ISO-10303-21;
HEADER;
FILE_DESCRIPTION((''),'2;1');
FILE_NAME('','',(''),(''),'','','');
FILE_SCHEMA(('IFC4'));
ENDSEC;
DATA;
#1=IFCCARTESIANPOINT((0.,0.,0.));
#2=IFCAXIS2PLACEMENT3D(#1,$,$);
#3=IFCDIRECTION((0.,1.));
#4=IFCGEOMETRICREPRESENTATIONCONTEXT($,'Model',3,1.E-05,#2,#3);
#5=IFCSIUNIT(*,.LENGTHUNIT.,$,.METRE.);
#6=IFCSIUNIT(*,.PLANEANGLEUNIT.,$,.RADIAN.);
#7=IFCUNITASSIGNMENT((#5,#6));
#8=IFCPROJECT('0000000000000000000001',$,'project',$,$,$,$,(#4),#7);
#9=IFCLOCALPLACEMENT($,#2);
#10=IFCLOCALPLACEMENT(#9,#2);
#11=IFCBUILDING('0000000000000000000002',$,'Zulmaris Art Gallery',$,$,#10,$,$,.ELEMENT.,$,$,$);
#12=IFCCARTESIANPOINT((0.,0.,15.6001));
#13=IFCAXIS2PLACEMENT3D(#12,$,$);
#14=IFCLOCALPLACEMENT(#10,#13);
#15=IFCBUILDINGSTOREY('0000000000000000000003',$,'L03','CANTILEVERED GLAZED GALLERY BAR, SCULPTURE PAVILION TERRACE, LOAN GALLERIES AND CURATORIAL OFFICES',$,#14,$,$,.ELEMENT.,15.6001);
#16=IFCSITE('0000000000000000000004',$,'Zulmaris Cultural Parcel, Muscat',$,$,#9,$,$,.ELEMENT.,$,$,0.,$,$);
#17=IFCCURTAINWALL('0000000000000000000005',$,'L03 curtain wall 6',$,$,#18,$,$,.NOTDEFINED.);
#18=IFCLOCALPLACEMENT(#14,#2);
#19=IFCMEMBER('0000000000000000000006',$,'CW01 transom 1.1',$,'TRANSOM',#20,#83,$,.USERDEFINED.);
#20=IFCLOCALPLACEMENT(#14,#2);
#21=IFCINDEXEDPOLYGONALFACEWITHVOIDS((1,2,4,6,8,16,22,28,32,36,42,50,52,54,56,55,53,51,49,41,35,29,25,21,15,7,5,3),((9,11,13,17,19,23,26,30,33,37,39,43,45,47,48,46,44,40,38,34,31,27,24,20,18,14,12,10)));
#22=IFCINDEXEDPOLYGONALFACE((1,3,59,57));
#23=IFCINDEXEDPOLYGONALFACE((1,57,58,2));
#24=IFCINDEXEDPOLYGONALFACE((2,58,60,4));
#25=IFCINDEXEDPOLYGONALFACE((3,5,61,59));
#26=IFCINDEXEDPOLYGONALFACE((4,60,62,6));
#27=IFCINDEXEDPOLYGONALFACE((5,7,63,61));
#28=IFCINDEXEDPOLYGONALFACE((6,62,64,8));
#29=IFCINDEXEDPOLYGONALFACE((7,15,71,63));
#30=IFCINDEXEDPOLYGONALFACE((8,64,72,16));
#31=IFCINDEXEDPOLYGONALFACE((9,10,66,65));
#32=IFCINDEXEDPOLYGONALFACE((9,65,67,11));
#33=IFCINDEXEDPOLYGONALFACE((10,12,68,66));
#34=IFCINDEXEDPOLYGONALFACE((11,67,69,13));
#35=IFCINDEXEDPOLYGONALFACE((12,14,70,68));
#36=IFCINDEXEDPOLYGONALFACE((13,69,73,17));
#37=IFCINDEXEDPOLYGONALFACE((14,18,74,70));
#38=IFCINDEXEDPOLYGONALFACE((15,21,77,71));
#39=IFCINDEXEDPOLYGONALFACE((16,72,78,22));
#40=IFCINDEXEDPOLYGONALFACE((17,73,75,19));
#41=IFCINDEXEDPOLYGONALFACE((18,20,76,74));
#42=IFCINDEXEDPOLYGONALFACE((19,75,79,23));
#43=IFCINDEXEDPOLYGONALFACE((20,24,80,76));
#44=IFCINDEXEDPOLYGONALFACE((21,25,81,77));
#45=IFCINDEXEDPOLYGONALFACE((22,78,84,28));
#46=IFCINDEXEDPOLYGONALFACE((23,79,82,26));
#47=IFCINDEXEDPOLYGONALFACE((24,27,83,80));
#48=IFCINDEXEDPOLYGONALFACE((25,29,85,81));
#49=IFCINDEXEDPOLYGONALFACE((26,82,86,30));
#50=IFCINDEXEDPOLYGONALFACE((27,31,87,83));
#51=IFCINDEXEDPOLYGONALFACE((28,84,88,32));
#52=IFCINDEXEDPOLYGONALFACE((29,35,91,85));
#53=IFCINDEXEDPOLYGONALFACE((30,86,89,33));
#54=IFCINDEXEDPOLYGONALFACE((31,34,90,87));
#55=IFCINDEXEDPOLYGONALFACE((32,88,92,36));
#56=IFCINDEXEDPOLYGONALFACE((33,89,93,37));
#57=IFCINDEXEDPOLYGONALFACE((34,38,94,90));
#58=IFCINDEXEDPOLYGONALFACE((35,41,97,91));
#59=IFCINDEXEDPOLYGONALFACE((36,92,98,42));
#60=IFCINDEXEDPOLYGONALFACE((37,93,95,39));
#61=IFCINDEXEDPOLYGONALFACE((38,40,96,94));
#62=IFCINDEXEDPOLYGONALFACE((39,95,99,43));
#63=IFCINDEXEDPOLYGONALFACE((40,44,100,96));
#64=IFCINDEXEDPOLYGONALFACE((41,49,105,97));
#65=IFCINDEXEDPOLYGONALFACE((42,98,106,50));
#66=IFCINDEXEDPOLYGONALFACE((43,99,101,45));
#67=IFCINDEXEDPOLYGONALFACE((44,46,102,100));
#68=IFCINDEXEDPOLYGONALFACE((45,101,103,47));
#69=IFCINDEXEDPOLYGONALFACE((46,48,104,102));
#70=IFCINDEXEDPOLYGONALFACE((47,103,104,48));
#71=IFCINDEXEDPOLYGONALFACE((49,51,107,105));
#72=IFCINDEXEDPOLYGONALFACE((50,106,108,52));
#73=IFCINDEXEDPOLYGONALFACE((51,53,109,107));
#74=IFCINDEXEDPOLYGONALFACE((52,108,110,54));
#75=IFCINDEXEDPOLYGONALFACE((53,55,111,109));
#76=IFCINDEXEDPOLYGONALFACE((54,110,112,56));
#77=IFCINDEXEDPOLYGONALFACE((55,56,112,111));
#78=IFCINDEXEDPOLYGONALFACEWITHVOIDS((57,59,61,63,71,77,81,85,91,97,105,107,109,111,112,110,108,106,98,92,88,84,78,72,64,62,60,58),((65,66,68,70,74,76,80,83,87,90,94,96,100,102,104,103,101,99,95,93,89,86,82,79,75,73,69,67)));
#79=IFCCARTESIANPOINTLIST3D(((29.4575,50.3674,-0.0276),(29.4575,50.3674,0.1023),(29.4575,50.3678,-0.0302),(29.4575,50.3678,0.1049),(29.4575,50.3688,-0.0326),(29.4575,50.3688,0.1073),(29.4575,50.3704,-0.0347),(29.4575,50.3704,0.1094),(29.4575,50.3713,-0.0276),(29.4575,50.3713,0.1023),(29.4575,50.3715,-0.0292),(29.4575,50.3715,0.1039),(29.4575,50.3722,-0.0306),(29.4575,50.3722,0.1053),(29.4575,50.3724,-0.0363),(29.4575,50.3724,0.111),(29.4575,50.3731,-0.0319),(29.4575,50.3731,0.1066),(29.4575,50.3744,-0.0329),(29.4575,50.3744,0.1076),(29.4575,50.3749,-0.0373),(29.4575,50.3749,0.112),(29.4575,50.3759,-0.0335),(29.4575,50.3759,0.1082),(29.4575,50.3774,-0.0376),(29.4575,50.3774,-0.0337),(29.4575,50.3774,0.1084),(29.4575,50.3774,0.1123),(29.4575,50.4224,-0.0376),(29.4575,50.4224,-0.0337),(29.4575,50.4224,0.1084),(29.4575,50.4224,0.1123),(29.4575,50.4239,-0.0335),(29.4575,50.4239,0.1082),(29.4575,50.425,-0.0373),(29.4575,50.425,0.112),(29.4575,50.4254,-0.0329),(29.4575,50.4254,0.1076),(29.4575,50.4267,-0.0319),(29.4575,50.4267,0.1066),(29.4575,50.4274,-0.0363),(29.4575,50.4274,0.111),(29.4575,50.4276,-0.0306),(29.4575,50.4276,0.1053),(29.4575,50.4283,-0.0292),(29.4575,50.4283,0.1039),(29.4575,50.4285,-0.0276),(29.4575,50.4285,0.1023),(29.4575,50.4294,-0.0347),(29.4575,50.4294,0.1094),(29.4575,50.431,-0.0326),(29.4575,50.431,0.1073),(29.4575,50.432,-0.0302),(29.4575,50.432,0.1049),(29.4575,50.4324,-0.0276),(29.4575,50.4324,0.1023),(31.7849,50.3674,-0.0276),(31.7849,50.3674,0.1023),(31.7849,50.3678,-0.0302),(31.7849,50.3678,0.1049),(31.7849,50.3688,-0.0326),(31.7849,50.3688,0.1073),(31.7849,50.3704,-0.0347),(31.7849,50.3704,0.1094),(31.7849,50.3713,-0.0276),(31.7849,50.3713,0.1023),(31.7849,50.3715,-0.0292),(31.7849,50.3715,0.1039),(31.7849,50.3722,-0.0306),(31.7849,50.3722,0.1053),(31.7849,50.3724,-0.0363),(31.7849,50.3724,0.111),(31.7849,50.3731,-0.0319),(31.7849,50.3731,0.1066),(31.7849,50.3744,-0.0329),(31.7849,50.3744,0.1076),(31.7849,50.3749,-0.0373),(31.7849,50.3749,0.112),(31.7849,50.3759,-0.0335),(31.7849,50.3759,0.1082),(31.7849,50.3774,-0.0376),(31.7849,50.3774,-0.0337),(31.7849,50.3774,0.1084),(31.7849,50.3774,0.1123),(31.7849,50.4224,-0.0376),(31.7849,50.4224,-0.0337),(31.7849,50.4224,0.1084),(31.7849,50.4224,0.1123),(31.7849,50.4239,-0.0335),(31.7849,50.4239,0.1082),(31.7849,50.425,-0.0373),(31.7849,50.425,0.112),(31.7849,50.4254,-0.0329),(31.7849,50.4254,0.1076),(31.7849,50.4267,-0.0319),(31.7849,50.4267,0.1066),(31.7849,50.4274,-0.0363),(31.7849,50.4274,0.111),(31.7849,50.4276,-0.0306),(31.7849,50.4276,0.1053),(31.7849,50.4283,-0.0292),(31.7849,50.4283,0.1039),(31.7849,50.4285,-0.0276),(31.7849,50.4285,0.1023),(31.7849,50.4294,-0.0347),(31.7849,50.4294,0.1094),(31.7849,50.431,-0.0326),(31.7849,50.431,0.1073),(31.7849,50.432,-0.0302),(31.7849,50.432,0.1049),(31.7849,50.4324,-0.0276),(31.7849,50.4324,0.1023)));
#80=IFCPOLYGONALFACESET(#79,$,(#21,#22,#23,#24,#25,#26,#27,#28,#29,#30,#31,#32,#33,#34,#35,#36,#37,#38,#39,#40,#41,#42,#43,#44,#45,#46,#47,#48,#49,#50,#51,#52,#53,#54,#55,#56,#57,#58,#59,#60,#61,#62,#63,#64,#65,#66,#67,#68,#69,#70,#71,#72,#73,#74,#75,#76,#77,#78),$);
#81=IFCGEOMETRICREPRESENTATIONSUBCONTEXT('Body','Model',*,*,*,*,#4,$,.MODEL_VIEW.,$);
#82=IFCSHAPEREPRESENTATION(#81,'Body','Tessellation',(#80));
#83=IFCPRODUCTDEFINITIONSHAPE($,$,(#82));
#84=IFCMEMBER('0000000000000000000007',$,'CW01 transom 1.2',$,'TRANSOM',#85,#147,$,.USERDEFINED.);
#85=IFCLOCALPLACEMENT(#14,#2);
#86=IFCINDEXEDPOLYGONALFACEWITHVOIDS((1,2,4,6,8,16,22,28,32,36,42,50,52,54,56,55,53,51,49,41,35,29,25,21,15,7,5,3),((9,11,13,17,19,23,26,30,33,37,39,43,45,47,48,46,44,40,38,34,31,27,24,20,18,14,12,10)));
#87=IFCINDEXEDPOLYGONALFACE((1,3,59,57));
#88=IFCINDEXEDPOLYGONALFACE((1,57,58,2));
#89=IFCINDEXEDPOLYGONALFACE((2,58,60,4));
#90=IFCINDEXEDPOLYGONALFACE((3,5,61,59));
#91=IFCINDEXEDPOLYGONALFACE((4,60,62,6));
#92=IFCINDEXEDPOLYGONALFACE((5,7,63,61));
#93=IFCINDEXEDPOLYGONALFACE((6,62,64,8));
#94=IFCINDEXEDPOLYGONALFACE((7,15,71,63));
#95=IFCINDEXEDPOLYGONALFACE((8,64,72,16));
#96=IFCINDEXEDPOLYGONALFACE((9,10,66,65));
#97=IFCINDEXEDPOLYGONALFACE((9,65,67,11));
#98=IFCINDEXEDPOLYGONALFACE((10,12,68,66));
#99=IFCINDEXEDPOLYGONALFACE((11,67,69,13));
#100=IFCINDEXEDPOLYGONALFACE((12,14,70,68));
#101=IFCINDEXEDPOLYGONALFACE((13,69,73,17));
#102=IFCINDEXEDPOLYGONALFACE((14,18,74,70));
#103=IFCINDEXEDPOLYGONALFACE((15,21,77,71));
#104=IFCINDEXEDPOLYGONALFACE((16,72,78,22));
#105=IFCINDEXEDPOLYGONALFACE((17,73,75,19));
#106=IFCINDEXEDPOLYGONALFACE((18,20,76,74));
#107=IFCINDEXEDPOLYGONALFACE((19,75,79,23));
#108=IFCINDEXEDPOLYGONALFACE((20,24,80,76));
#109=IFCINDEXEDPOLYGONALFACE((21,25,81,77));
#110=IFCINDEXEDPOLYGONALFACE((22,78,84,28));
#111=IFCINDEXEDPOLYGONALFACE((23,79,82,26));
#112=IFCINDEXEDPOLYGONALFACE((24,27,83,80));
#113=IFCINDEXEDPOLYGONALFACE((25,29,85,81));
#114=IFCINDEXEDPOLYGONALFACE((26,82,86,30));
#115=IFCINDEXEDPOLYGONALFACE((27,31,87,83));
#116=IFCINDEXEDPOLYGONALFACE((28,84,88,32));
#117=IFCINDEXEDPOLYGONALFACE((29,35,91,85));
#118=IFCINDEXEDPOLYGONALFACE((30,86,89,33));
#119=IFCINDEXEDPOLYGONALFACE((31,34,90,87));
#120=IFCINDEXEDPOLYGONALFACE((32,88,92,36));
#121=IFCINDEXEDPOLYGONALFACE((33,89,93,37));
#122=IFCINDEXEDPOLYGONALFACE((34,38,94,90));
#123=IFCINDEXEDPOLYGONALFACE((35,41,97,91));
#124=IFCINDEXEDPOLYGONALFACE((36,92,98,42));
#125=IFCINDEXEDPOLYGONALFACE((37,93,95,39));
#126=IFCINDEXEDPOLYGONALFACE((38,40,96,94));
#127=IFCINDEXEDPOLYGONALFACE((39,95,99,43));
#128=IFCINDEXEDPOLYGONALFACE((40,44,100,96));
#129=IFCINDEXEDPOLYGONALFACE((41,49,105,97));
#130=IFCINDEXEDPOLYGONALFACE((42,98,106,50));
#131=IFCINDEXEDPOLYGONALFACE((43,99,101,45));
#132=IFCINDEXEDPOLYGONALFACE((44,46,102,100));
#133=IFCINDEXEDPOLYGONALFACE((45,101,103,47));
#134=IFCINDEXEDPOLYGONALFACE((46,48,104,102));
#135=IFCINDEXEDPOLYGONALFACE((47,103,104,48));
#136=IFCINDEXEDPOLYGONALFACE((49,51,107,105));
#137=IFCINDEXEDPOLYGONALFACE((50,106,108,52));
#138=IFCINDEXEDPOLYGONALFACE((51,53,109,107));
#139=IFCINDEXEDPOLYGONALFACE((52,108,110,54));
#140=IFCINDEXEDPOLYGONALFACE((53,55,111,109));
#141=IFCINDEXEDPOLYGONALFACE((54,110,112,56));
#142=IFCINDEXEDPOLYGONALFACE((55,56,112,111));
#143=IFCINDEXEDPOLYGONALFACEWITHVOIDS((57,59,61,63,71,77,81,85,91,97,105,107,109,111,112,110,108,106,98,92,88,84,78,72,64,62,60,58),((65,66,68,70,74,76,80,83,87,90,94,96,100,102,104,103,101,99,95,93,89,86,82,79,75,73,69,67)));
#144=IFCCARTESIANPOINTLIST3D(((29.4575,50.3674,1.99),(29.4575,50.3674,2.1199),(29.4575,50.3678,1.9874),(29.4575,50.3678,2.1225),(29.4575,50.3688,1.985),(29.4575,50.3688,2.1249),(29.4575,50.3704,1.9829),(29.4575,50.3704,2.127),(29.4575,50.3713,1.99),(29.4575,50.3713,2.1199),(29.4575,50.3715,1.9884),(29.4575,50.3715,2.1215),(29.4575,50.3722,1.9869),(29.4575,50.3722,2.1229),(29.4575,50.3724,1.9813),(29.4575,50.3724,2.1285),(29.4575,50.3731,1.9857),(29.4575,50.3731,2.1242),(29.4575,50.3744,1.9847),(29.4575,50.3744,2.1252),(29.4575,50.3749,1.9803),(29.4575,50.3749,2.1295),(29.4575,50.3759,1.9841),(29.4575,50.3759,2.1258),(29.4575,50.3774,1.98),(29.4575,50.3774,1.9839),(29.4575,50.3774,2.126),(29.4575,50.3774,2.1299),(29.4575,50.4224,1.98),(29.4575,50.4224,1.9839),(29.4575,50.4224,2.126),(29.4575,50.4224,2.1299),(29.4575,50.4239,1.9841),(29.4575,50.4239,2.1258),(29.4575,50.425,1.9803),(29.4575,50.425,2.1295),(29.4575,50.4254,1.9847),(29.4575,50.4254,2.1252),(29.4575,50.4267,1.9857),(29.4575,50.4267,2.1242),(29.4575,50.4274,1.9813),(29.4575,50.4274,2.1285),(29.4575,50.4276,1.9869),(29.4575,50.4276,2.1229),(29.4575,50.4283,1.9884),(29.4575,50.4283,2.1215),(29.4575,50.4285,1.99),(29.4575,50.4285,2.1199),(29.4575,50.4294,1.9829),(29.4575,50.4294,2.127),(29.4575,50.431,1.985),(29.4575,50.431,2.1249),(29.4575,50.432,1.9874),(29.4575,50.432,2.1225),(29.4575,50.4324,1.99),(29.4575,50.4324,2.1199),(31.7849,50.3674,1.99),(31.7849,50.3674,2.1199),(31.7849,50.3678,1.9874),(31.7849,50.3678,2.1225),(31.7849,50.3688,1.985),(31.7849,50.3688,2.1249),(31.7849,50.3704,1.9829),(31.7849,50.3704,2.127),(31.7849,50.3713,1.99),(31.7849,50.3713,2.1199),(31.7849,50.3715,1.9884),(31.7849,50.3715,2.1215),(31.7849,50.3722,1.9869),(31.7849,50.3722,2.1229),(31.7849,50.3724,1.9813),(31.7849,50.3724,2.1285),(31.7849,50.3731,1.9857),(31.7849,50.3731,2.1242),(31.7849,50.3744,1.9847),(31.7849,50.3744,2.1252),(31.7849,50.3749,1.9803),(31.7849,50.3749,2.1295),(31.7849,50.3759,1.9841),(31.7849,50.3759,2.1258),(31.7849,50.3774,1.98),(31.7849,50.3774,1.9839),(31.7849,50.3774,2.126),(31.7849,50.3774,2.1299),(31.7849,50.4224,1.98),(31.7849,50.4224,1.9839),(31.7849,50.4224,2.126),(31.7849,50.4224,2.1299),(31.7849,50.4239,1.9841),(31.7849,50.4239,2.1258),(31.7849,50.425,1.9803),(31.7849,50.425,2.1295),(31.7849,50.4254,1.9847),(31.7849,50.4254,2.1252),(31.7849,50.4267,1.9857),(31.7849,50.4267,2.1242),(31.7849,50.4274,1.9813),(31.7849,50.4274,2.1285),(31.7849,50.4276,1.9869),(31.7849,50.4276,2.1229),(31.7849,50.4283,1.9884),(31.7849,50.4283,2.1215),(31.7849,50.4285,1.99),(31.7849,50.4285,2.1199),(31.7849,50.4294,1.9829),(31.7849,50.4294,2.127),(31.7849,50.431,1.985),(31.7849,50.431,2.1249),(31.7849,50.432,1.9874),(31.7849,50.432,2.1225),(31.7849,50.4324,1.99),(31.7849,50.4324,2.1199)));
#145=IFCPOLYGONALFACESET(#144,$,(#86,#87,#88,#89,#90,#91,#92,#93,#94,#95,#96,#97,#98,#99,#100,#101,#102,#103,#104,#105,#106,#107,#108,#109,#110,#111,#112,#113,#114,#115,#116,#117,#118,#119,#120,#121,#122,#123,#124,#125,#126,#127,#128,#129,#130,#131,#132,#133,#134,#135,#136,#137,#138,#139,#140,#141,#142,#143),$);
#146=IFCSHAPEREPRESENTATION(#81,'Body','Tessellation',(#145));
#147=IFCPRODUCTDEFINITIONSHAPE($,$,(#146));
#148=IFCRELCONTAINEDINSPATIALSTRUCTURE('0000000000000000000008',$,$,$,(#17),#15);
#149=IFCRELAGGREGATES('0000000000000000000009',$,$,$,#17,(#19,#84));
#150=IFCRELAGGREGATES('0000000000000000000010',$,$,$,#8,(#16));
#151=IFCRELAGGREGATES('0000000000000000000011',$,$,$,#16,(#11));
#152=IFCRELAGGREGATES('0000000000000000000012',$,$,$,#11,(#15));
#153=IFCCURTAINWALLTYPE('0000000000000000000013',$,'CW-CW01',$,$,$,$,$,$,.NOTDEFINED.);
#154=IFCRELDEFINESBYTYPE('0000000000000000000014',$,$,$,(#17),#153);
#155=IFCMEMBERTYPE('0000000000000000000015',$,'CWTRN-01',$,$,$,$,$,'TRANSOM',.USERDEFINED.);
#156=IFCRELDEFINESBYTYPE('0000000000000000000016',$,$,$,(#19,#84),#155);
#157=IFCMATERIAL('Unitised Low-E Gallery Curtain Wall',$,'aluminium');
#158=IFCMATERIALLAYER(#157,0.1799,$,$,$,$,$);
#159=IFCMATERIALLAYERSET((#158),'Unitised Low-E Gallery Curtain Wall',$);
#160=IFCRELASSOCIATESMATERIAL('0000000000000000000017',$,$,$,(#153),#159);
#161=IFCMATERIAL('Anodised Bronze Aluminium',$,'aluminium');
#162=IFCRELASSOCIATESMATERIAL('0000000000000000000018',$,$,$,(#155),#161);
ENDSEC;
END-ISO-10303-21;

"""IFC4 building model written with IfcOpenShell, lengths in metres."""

from ifc_helpers import new_model, si_unit, direction, frame, origin, origin_2d, place, context, subcontext, project, spatial, hollow_rectangle, extrude, material, layer, layer_set, material_profile, profile_set, type_object, element, aggregate, save


model = new_model("IFC4")

# Units and contexts
model_context = context("Model", 3, precision=1e-05, world=origin(), true_north=direction((0.0, 1.0)))
body_context = subcontext(model_context, "Body", "Model", "MODEL_VIEW")
ifc_project = project(units=[si_unit("LENGTHUNIT", "METRE"), si_unit("PLANEANGLEUNIT", "RADIAN")], contexts=[model_context])

# Site, building, storey
site_placement = place(None, origin())
site = spatial("IfcSite", under=ifc_project, at=site_placement, Name="Zulmaris Cultural Parcel, Muscat", CompositionType="ELEMENT", RefElevation=0.0)
building_placement = place(site_placement, origin())
building = spatial("IfcBuilding", under=site, at=building_placement, Name="Zulmaris Art Gallery", CompositionType="ELEMENT")
storey_placement = place(building_placement, frame((0.0, 0.0, 15.6001)))
storey = spatial("IfcBuildingStorey", under=building, at=storey_placement, Name="L03", Description="CANTILEVERED GLAZED GALLERY BAR, SCULPTURE PAVILION TERRACE, LOAN GALLERIES AND CURATORIAL OFFICES", CompositionType="ELEMENT", Elevation=15.6001)

# Curtain wall
ifc_material_1 = material(Name="Unitised Low-E Gallery Curtain Wall", Category="aluminium")
ifc_layer_1 = layer(ifc_material_1, 0.1799)
ifc_layer_set_1 = layer_set([ifc_layer_1], Name="Unitised Low-E Gallery Curtain Wall")
curtain_wall_type = type_object("IfcCurtainWallType", Name="CW-CW01", PredefinedType="NOTDEFINED", material=ifc_layer_set_1)
curtain_wall_1_placement = place(storey_placement, origin())
curtain_wall_1 = element("IfcCurtainWall", 1, at=curtain_wall_1_placement, inside=storey, type_object=curtain_wall_type, Name="L03 curtain wall 6", PredefinedType="NOTDEFINED")
ifc_material_2 = material(Name="Anodised Bronze Aluminium", Category="aluminium")

# Members
ifc_material_profile_1 = material_profile(ifc_material_2, hollow_rectangle(XDim=0.0649, YDim=0.1499, WallThickness=0.0039, InnerFilletRadius=0.0061, OuterFilletRadius=0.01, at=origin_2d()), Name="ALU 65x150x4")
ifc_profile_set_1 = profile_set([ifc_material_profile_1], Name="Anodised Bronze Aluminium")
member_type_1 = type_object("IfcMemberType", Name="CWTRN-01", ElementType="TRANSOM", PredefinedType="USERDEFINED", material=ifc_profile_set_1)
member_1_placement = place(storey_placement, frame((31.7849, 50.3999, 0.0374), z_axis=(-1.0, 0.0, 0.0), x_axis=(0.0, -1.0, 0.0)))
member_1 = element("IfcMember", 2, at=member_1_placement, type_object=member_type_1, Name="CW01 transom 1.1", ObjectType="TRANSOM", PredefinedType="USERDEFINED", context=body_context, shape_type="SweptSolid", body=[
    extrude(hollow_rectangle(XDim=0.0649, YDim=0.1499, WallThickness=0.0039, InnerFilletRadius=0.0061, OuterFilletRadius=0.01, at=origin_2d()), origin(), (0.0, 0.0, 1.0), 2.3274),
])
member_2_placement = place(storey_placement, frame((31.7849, 50.3999, 2.0549), z_axis=(-1.0, 0.0, 0.0), x_axis=(0.0, -1.0, 0.0)))
member_2 = element("IfcMember", 3, at=member_2_placement, type_object=member_type_1, Name="CW01 transom 1.2", ObjectType="TRANSOM", PredefinedType="USERDEFINED", context=body_context, shape_type="SweptSolid", body=[
    extrude(hollow_rectangle(XDim=0.0649, YDim=0.1499, WallThickness=0.0039, InnerFilletRadius=0.0061, OuterFilletRadius=0.01, at=origin_2d()), origin(), (0.0, 0.0, 1.0), 2.3274),
])

aggregate(curtain_wall_1, [member_1, member_2])

save(model, "model.ifc")
